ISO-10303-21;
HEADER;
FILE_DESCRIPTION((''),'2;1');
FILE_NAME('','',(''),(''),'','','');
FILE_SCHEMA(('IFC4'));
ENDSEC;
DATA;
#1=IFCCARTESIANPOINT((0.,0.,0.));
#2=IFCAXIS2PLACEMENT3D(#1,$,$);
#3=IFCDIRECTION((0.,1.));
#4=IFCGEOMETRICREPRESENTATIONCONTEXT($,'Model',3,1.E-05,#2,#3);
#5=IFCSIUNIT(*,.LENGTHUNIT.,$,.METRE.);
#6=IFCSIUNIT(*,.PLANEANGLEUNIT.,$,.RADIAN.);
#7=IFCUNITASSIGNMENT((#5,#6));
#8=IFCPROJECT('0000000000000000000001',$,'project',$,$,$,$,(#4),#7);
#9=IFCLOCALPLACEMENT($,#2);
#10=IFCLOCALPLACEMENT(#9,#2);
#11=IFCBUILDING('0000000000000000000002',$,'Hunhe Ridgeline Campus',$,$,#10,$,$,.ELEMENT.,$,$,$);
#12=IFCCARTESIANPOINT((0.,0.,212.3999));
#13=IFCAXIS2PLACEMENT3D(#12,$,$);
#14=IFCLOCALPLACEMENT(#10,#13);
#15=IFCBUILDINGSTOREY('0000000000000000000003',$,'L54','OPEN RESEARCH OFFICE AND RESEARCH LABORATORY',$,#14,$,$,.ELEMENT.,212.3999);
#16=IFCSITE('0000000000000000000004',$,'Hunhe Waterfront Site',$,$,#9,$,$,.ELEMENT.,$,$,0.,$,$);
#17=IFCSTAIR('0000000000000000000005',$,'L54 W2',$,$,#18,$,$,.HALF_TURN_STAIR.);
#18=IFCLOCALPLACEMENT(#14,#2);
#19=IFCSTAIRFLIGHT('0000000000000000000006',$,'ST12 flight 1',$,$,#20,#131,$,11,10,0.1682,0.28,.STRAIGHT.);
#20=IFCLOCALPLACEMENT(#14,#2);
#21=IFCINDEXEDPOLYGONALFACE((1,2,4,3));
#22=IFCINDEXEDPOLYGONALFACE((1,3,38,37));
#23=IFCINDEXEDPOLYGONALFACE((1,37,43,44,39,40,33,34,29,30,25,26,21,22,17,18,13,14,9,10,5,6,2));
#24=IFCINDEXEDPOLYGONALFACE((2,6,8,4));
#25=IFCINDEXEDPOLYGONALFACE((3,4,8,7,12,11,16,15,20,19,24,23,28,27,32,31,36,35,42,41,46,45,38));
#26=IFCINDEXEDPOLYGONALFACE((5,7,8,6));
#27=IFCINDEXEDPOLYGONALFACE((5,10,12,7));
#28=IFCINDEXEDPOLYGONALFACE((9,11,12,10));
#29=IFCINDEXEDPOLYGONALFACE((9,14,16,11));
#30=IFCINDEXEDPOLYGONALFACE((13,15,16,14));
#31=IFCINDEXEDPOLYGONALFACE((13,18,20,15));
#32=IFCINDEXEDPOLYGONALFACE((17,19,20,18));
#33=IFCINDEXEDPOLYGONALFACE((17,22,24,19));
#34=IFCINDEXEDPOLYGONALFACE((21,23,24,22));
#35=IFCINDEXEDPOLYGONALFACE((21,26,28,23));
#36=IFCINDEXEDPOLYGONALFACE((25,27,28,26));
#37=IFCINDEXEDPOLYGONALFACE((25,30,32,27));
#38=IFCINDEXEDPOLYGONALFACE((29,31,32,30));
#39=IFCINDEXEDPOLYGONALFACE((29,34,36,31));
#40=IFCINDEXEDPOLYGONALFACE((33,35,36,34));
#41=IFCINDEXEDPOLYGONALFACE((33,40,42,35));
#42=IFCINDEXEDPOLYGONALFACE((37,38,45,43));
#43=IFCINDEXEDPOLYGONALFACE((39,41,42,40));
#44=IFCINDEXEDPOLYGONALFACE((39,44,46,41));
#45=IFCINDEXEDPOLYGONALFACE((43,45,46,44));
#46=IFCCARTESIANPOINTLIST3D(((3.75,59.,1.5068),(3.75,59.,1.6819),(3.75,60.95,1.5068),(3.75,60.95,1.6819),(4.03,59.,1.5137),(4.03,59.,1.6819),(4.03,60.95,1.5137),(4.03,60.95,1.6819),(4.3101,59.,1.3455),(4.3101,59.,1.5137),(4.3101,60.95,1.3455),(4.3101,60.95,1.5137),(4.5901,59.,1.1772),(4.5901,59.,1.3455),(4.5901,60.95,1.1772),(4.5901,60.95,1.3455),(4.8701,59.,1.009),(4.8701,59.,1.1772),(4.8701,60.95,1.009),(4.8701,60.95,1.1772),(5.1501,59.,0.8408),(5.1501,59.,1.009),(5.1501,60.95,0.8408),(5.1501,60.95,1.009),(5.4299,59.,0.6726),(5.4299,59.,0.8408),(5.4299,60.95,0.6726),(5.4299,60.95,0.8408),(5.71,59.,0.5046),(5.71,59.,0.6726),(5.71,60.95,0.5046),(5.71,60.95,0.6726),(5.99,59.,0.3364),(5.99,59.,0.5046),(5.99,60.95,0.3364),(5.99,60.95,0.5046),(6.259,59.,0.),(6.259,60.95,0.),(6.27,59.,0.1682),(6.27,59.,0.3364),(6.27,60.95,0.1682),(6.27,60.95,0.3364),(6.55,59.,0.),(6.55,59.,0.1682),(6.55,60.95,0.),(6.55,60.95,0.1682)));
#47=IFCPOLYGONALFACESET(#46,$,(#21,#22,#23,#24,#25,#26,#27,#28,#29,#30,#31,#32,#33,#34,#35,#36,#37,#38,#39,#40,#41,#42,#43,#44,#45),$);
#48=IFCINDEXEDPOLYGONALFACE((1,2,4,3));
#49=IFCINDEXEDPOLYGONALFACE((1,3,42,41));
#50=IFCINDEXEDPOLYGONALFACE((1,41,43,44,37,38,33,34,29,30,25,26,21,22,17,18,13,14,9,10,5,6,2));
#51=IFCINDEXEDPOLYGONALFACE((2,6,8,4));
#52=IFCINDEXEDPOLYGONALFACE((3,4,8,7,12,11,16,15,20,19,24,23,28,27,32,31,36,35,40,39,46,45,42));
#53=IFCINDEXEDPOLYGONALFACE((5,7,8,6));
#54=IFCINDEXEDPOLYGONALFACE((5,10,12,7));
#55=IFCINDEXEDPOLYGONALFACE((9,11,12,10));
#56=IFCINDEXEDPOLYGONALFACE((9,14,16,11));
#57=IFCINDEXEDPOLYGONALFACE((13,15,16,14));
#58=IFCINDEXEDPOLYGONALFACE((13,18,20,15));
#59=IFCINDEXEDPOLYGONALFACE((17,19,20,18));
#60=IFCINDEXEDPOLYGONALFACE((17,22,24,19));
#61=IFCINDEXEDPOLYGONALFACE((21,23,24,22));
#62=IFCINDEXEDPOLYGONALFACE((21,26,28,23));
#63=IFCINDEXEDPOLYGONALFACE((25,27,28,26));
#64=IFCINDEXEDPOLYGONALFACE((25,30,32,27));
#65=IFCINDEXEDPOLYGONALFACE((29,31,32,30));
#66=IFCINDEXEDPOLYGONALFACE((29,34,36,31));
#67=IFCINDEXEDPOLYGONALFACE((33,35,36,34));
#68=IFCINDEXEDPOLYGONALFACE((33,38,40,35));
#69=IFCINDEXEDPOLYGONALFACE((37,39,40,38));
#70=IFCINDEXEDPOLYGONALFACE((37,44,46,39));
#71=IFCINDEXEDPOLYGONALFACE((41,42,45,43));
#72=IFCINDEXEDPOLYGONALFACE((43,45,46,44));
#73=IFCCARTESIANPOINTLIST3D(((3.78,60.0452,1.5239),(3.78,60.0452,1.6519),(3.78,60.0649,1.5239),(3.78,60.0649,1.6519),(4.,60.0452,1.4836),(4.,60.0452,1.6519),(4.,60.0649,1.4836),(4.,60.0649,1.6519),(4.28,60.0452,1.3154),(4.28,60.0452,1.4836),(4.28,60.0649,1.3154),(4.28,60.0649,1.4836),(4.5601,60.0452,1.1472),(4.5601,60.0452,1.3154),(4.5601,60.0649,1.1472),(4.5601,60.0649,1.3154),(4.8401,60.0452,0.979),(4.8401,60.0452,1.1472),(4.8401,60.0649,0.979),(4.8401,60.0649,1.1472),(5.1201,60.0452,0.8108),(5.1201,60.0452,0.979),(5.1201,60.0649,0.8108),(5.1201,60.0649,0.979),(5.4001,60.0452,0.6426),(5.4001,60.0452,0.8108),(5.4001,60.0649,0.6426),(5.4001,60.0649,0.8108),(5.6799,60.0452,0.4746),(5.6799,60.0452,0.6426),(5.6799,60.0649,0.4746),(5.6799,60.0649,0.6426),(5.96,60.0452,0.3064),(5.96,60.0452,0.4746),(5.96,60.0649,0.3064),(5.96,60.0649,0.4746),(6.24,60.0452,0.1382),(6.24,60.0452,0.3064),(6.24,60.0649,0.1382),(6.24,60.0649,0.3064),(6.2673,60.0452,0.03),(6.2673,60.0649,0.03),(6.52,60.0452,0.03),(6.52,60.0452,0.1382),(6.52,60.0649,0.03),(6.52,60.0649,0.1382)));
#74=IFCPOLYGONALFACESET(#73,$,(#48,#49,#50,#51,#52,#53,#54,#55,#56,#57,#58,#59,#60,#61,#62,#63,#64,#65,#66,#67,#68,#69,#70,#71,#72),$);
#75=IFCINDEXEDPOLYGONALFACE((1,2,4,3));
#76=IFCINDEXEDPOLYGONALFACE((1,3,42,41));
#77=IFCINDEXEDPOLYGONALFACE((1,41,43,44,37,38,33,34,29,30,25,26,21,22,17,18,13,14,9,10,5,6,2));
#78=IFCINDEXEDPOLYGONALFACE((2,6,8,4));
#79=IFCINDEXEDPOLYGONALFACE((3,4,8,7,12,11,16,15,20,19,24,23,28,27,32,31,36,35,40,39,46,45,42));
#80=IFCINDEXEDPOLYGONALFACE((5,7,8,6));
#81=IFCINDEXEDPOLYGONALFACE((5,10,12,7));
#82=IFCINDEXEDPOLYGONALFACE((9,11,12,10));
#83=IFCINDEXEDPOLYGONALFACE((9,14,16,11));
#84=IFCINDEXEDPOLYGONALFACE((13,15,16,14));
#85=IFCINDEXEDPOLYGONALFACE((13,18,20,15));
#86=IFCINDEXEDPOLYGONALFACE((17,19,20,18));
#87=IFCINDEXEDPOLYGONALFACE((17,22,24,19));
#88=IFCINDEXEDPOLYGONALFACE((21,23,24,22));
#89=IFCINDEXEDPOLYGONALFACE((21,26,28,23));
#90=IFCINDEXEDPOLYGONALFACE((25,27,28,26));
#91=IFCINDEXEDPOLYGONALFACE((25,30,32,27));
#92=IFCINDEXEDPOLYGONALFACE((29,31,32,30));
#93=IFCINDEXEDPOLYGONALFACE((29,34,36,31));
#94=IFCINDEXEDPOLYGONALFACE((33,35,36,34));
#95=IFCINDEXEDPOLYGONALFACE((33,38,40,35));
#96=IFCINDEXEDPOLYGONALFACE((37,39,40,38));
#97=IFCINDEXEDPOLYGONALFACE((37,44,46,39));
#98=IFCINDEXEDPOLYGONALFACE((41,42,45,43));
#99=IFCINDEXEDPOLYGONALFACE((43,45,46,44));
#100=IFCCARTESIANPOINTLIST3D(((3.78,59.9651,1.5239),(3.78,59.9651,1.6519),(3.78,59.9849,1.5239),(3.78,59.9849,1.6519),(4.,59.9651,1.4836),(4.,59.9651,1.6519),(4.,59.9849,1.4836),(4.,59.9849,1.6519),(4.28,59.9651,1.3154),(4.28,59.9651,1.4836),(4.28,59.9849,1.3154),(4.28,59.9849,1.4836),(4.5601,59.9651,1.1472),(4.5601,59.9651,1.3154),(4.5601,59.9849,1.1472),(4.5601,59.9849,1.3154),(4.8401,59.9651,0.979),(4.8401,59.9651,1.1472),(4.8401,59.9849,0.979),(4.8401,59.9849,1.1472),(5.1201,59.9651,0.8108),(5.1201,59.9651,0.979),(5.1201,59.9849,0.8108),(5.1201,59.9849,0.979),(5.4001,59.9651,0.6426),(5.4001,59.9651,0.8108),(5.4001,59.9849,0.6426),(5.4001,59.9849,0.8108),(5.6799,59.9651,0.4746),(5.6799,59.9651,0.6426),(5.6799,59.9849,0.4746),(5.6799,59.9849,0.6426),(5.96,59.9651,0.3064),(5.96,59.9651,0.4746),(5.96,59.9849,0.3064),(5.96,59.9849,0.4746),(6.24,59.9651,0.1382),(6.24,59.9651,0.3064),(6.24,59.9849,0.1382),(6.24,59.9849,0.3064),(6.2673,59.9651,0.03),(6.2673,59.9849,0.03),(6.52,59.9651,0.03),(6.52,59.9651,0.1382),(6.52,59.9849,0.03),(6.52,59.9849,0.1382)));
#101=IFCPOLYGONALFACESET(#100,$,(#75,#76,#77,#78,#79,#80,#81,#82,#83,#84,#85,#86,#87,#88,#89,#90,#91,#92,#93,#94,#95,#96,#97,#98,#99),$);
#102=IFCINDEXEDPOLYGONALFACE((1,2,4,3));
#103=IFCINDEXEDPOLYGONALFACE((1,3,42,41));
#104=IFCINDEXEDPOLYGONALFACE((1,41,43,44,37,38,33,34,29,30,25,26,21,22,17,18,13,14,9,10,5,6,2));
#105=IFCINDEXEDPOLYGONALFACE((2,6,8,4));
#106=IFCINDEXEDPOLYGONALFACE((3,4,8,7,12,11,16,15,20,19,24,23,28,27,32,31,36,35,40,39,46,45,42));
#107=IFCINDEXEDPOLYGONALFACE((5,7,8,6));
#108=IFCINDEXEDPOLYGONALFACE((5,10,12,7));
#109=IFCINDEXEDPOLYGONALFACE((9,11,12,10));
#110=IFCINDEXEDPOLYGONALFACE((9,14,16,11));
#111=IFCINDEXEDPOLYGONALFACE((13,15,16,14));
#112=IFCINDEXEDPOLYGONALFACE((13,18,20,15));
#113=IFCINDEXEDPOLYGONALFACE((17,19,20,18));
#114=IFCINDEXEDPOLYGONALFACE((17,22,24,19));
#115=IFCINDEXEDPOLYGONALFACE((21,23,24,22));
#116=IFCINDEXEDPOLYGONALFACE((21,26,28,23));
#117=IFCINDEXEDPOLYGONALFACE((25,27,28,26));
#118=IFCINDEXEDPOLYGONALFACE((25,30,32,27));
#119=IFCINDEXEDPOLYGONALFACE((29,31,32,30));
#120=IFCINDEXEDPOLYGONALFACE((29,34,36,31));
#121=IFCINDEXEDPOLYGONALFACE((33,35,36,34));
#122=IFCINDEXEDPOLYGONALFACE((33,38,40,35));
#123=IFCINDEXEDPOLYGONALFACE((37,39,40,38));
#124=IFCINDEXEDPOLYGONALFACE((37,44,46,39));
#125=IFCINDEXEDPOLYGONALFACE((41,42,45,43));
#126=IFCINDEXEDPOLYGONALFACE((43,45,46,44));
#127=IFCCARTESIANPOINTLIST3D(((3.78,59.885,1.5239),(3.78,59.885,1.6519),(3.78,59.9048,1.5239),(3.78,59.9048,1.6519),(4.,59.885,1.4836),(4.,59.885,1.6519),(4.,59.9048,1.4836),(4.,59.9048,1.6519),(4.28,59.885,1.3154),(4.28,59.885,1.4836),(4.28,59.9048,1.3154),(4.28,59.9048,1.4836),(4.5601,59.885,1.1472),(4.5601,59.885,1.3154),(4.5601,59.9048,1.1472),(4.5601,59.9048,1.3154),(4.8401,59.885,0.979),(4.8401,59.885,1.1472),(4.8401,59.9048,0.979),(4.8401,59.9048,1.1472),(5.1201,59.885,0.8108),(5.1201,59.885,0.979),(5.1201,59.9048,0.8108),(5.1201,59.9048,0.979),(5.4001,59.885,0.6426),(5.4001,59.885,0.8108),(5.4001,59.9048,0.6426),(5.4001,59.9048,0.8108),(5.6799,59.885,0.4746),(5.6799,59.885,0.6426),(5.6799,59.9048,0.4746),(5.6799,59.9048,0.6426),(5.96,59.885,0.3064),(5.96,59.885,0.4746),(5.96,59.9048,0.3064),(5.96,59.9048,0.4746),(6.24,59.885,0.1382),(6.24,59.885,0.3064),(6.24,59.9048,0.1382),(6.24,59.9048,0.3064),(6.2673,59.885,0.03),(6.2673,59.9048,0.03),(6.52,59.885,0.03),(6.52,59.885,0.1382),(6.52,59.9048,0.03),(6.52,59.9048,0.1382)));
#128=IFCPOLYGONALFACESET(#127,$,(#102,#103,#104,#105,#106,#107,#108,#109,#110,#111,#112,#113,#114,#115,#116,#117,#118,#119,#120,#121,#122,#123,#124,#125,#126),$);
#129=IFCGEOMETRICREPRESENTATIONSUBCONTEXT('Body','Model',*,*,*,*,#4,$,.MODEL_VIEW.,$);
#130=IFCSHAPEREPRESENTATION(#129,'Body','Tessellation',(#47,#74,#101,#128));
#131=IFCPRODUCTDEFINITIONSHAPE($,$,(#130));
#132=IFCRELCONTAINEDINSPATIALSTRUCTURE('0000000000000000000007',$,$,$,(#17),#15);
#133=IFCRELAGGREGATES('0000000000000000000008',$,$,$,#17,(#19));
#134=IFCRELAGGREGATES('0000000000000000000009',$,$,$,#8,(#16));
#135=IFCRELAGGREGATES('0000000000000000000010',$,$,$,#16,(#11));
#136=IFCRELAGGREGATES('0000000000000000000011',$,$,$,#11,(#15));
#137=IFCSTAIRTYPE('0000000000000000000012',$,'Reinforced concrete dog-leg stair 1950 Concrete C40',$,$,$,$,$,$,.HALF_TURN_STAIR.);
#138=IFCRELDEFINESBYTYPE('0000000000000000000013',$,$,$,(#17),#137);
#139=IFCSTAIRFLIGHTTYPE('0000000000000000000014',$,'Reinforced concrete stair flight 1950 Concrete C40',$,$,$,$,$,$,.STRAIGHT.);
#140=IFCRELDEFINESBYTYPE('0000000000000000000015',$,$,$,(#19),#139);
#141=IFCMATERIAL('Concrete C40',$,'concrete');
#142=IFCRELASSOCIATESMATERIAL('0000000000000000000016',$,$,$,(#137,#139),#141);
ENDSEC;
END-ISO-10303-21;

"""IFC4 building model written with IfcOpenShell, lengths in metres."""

from ifc_helpers import new_model, si_unit, direction, frame, origin, place, context, subcontext, project, spatial, polyline, outline, extrude, material, type_object, element, aggregate, save


model = new_model("IFC4")

# Units and contexts
model_context = context("Model", 3, precision=1e-05, world=origin(), true_north=direction((0.0, 1.0)))
body_context = subcontext(model_context, "Body", "Model", "MODEL_VIEW")
ifc_project = project(units=[si_unit("LENGTHUNIT", "METRE"), si_unit("PLANEANGLEUNIT", "RADIAN")], contexts=[model_context])

# Site, building, storey
site_placement = place(None, origin())
site = spatial("IfcSite", under=ifc_project, at=site_placement, Name="Hunhe Waterfront Site", CompositionType="ELEMENT", RefElevation=0.0)
building_placement = place(site_placement, origin())
building = spatial("IfcBuilding", under=site, at=building_placement, Name="Hunhe Ridgeline Campus", CompositionType="ELEMENT")
storey_placement = place(building_placement, frame((0.0, 0.0, 212.3999)))
storey = spatial("IfcBuildingStorey", under=building, at=storey_placement, Name="L54", Description="OPEN RESEARCH OFFICE AND RESEARCH LABORATORY", CompositionType="ELEMENT", Elevation=212.3999)

# Shared definitions
ifc_material_1 = material(Name="Concrete C40", Category="concrete")
stair_type = type_object("IfcStairType", Name="Reinforced concrete dog-leg stair 1950 Concrete C40", PredefinedType="HALF_TURN_STAIR", material=ifc_material_1)
stair_flight_type = type_object("IfcStairFlightType", Name="Reinforced concrete stair flight 1950 Concrete C40", PredefinedType="STRAIGHT", material=ifc_material_1)

# Stair, stair flight
stair_1_placement = place(storey_placement, origin())
stair_1 = element("IfcStair", 1, at=stair_1_placement, inside=storey, type_object=stair_type, Name="L54 W2", PredefinedType="HALF_TURN_STAIR")
stair_flight_1_placement = place(storey_placement, frame((6.55, 59.9751, 0.0), z_axis=(0.0, 0.0, 1.0), x_axis=(-1.0, 0.0, 0.0)))
stair_flight_1 = element("IfcStairFlight", 2, at=stair_flight_1_placement, type_object=stair_flight_type, Name="ST12 flight 1", NumberOfRisers=11, NumberOfTreads=10, PredefinedType="STRAIGHT", RiserHeight=0.1682, TreadLength=0.28, context=body_context, shape_type="SweptSolid", body=[
    extrude(outline(polyline([(0.0, 0.0), (0.0, 0.1682), (0.28, 0.1682), (0.28, 0.3364), (0.5601, 0.3364), (0.5601, 0.5046), (0.8401, 0.5046), (0.8401, 0.6726), (1.1201, 0.6726), (1.1201, 0.8408), (1.3999, 0.8408), (1.3999, 1.009), (1.6799, 1.009), (1.6799, 1.1772), (1.96, 1.1772), (1.96, 1.3455), (2.24, 1.3455), (2.24, 1.5137), (2.52, 1.5137), (2.52, 1.6819), (2.8, 1.6819), (2.8, 1.8501), (2.8, 1.5068), (0.291, 0.0), (0.0, 0.0)])), frame((0.0, 0.9751, 0.0), z_axis=(0.0, -1.0, 0.0), x_axis=(1.0, 0.0, 0.0)), (0.0, 0.0, 1.0), 1.95),
    extrude(outline(polyline([(0.03, 0.03), (0.03, 0.1382), (0.3101, 0.1382), (0.3101, 0.3064), (0.5901, 0.3064), (0.5901, 0.4746), (0.8701, 0.4746), (0.8701, 0.6426), (1.1499, 0.6426), (1.1499, 0.8108), (1.4299, 0.8108), (1.4299, 0.979), (1.71, 0.979), (1.71, 1.1472), (1.99, 1.1472), (1.99, 1.3154), (2.27, 1.3154), (2.27, 1.4836), (2.55, 1.4836), (2.55, 1.6519), (2.77, 1.6519), (2.77, 1.5239), (0.2827, 0.03), (0.03, 0.03)])), frame((0.0, -0.0701, 0.0), z_axis=(0.0, -1.0, 0.0), x_axis=(1.0, 0.0, 0.0)), (0.0, 0.0, 1.0), 0.0198),
    extrude(outline(polyline([(0.03, 0.03), (0.03, 0.1382), (0.3101, 0.1382), (0.3101, 0.3064), (0.5901, 0.3064), (0.5901, 0.4746), (0.8701, 0.4746), (0.8701, 0.6426), (1.1499, 0.6426), (1.1499, 0.8108), (1.4299, 0.8108), (1.4299, 0.979), (1.71, 0.979), (1.71, 1.1472), (1.99, 1.1472), (1.99, 1.3154), (2.27, 1.3154), (2.27, 1.4836), (2.55, 1.4836), (2.55, 1.6519), (2.77, 1.6519), (2.77, 1.5239), (0.2827, 0.03), (0.03, 0.03)])), frame((0.0, 0.01, 0.0), z_axis=(0.0, -1.0, 0.0), x_axis=(1.0, 0.0, 0.0)), (0.0, 0.0, 1.0), 0.0198),
    extrude(outline(polyline([(0.03, 0.03), (0.03, 0.1382), (0.3101, 0.1382), (0.3101, 0.3064), (0.5901, 0.3064), (0.5901, 0.4746), (0.8701, 0.4746), (0.8701, 0.6426), (1.1499, 0.6426), (1.1499, 0.8108), (1.4299, 0.8108), (1.4299, 0.979), (1.71, 0.979), (1.71, 1.1472), (1.99, 1.1472), (1.99, 1.3154), (2.27, 1.3154), (2.27, 1.4836), (2.55, 1.4836), (2.55, 1.6519), (2.77, 1.6519), (2.77, 1.5239), (0.2827, 0.03), (0.03, 0.03)])), frame((0.0, 0.0901, 0.0), z_axis=(0.0, -1.0, 0.0), x_axis=(1.0, 0.0, 0.0)), (0.0, 0.0, 1.0), 0.0198),
])
aggregate(stair_1, [stair_flight_1])

save(model, "model.ifc")
